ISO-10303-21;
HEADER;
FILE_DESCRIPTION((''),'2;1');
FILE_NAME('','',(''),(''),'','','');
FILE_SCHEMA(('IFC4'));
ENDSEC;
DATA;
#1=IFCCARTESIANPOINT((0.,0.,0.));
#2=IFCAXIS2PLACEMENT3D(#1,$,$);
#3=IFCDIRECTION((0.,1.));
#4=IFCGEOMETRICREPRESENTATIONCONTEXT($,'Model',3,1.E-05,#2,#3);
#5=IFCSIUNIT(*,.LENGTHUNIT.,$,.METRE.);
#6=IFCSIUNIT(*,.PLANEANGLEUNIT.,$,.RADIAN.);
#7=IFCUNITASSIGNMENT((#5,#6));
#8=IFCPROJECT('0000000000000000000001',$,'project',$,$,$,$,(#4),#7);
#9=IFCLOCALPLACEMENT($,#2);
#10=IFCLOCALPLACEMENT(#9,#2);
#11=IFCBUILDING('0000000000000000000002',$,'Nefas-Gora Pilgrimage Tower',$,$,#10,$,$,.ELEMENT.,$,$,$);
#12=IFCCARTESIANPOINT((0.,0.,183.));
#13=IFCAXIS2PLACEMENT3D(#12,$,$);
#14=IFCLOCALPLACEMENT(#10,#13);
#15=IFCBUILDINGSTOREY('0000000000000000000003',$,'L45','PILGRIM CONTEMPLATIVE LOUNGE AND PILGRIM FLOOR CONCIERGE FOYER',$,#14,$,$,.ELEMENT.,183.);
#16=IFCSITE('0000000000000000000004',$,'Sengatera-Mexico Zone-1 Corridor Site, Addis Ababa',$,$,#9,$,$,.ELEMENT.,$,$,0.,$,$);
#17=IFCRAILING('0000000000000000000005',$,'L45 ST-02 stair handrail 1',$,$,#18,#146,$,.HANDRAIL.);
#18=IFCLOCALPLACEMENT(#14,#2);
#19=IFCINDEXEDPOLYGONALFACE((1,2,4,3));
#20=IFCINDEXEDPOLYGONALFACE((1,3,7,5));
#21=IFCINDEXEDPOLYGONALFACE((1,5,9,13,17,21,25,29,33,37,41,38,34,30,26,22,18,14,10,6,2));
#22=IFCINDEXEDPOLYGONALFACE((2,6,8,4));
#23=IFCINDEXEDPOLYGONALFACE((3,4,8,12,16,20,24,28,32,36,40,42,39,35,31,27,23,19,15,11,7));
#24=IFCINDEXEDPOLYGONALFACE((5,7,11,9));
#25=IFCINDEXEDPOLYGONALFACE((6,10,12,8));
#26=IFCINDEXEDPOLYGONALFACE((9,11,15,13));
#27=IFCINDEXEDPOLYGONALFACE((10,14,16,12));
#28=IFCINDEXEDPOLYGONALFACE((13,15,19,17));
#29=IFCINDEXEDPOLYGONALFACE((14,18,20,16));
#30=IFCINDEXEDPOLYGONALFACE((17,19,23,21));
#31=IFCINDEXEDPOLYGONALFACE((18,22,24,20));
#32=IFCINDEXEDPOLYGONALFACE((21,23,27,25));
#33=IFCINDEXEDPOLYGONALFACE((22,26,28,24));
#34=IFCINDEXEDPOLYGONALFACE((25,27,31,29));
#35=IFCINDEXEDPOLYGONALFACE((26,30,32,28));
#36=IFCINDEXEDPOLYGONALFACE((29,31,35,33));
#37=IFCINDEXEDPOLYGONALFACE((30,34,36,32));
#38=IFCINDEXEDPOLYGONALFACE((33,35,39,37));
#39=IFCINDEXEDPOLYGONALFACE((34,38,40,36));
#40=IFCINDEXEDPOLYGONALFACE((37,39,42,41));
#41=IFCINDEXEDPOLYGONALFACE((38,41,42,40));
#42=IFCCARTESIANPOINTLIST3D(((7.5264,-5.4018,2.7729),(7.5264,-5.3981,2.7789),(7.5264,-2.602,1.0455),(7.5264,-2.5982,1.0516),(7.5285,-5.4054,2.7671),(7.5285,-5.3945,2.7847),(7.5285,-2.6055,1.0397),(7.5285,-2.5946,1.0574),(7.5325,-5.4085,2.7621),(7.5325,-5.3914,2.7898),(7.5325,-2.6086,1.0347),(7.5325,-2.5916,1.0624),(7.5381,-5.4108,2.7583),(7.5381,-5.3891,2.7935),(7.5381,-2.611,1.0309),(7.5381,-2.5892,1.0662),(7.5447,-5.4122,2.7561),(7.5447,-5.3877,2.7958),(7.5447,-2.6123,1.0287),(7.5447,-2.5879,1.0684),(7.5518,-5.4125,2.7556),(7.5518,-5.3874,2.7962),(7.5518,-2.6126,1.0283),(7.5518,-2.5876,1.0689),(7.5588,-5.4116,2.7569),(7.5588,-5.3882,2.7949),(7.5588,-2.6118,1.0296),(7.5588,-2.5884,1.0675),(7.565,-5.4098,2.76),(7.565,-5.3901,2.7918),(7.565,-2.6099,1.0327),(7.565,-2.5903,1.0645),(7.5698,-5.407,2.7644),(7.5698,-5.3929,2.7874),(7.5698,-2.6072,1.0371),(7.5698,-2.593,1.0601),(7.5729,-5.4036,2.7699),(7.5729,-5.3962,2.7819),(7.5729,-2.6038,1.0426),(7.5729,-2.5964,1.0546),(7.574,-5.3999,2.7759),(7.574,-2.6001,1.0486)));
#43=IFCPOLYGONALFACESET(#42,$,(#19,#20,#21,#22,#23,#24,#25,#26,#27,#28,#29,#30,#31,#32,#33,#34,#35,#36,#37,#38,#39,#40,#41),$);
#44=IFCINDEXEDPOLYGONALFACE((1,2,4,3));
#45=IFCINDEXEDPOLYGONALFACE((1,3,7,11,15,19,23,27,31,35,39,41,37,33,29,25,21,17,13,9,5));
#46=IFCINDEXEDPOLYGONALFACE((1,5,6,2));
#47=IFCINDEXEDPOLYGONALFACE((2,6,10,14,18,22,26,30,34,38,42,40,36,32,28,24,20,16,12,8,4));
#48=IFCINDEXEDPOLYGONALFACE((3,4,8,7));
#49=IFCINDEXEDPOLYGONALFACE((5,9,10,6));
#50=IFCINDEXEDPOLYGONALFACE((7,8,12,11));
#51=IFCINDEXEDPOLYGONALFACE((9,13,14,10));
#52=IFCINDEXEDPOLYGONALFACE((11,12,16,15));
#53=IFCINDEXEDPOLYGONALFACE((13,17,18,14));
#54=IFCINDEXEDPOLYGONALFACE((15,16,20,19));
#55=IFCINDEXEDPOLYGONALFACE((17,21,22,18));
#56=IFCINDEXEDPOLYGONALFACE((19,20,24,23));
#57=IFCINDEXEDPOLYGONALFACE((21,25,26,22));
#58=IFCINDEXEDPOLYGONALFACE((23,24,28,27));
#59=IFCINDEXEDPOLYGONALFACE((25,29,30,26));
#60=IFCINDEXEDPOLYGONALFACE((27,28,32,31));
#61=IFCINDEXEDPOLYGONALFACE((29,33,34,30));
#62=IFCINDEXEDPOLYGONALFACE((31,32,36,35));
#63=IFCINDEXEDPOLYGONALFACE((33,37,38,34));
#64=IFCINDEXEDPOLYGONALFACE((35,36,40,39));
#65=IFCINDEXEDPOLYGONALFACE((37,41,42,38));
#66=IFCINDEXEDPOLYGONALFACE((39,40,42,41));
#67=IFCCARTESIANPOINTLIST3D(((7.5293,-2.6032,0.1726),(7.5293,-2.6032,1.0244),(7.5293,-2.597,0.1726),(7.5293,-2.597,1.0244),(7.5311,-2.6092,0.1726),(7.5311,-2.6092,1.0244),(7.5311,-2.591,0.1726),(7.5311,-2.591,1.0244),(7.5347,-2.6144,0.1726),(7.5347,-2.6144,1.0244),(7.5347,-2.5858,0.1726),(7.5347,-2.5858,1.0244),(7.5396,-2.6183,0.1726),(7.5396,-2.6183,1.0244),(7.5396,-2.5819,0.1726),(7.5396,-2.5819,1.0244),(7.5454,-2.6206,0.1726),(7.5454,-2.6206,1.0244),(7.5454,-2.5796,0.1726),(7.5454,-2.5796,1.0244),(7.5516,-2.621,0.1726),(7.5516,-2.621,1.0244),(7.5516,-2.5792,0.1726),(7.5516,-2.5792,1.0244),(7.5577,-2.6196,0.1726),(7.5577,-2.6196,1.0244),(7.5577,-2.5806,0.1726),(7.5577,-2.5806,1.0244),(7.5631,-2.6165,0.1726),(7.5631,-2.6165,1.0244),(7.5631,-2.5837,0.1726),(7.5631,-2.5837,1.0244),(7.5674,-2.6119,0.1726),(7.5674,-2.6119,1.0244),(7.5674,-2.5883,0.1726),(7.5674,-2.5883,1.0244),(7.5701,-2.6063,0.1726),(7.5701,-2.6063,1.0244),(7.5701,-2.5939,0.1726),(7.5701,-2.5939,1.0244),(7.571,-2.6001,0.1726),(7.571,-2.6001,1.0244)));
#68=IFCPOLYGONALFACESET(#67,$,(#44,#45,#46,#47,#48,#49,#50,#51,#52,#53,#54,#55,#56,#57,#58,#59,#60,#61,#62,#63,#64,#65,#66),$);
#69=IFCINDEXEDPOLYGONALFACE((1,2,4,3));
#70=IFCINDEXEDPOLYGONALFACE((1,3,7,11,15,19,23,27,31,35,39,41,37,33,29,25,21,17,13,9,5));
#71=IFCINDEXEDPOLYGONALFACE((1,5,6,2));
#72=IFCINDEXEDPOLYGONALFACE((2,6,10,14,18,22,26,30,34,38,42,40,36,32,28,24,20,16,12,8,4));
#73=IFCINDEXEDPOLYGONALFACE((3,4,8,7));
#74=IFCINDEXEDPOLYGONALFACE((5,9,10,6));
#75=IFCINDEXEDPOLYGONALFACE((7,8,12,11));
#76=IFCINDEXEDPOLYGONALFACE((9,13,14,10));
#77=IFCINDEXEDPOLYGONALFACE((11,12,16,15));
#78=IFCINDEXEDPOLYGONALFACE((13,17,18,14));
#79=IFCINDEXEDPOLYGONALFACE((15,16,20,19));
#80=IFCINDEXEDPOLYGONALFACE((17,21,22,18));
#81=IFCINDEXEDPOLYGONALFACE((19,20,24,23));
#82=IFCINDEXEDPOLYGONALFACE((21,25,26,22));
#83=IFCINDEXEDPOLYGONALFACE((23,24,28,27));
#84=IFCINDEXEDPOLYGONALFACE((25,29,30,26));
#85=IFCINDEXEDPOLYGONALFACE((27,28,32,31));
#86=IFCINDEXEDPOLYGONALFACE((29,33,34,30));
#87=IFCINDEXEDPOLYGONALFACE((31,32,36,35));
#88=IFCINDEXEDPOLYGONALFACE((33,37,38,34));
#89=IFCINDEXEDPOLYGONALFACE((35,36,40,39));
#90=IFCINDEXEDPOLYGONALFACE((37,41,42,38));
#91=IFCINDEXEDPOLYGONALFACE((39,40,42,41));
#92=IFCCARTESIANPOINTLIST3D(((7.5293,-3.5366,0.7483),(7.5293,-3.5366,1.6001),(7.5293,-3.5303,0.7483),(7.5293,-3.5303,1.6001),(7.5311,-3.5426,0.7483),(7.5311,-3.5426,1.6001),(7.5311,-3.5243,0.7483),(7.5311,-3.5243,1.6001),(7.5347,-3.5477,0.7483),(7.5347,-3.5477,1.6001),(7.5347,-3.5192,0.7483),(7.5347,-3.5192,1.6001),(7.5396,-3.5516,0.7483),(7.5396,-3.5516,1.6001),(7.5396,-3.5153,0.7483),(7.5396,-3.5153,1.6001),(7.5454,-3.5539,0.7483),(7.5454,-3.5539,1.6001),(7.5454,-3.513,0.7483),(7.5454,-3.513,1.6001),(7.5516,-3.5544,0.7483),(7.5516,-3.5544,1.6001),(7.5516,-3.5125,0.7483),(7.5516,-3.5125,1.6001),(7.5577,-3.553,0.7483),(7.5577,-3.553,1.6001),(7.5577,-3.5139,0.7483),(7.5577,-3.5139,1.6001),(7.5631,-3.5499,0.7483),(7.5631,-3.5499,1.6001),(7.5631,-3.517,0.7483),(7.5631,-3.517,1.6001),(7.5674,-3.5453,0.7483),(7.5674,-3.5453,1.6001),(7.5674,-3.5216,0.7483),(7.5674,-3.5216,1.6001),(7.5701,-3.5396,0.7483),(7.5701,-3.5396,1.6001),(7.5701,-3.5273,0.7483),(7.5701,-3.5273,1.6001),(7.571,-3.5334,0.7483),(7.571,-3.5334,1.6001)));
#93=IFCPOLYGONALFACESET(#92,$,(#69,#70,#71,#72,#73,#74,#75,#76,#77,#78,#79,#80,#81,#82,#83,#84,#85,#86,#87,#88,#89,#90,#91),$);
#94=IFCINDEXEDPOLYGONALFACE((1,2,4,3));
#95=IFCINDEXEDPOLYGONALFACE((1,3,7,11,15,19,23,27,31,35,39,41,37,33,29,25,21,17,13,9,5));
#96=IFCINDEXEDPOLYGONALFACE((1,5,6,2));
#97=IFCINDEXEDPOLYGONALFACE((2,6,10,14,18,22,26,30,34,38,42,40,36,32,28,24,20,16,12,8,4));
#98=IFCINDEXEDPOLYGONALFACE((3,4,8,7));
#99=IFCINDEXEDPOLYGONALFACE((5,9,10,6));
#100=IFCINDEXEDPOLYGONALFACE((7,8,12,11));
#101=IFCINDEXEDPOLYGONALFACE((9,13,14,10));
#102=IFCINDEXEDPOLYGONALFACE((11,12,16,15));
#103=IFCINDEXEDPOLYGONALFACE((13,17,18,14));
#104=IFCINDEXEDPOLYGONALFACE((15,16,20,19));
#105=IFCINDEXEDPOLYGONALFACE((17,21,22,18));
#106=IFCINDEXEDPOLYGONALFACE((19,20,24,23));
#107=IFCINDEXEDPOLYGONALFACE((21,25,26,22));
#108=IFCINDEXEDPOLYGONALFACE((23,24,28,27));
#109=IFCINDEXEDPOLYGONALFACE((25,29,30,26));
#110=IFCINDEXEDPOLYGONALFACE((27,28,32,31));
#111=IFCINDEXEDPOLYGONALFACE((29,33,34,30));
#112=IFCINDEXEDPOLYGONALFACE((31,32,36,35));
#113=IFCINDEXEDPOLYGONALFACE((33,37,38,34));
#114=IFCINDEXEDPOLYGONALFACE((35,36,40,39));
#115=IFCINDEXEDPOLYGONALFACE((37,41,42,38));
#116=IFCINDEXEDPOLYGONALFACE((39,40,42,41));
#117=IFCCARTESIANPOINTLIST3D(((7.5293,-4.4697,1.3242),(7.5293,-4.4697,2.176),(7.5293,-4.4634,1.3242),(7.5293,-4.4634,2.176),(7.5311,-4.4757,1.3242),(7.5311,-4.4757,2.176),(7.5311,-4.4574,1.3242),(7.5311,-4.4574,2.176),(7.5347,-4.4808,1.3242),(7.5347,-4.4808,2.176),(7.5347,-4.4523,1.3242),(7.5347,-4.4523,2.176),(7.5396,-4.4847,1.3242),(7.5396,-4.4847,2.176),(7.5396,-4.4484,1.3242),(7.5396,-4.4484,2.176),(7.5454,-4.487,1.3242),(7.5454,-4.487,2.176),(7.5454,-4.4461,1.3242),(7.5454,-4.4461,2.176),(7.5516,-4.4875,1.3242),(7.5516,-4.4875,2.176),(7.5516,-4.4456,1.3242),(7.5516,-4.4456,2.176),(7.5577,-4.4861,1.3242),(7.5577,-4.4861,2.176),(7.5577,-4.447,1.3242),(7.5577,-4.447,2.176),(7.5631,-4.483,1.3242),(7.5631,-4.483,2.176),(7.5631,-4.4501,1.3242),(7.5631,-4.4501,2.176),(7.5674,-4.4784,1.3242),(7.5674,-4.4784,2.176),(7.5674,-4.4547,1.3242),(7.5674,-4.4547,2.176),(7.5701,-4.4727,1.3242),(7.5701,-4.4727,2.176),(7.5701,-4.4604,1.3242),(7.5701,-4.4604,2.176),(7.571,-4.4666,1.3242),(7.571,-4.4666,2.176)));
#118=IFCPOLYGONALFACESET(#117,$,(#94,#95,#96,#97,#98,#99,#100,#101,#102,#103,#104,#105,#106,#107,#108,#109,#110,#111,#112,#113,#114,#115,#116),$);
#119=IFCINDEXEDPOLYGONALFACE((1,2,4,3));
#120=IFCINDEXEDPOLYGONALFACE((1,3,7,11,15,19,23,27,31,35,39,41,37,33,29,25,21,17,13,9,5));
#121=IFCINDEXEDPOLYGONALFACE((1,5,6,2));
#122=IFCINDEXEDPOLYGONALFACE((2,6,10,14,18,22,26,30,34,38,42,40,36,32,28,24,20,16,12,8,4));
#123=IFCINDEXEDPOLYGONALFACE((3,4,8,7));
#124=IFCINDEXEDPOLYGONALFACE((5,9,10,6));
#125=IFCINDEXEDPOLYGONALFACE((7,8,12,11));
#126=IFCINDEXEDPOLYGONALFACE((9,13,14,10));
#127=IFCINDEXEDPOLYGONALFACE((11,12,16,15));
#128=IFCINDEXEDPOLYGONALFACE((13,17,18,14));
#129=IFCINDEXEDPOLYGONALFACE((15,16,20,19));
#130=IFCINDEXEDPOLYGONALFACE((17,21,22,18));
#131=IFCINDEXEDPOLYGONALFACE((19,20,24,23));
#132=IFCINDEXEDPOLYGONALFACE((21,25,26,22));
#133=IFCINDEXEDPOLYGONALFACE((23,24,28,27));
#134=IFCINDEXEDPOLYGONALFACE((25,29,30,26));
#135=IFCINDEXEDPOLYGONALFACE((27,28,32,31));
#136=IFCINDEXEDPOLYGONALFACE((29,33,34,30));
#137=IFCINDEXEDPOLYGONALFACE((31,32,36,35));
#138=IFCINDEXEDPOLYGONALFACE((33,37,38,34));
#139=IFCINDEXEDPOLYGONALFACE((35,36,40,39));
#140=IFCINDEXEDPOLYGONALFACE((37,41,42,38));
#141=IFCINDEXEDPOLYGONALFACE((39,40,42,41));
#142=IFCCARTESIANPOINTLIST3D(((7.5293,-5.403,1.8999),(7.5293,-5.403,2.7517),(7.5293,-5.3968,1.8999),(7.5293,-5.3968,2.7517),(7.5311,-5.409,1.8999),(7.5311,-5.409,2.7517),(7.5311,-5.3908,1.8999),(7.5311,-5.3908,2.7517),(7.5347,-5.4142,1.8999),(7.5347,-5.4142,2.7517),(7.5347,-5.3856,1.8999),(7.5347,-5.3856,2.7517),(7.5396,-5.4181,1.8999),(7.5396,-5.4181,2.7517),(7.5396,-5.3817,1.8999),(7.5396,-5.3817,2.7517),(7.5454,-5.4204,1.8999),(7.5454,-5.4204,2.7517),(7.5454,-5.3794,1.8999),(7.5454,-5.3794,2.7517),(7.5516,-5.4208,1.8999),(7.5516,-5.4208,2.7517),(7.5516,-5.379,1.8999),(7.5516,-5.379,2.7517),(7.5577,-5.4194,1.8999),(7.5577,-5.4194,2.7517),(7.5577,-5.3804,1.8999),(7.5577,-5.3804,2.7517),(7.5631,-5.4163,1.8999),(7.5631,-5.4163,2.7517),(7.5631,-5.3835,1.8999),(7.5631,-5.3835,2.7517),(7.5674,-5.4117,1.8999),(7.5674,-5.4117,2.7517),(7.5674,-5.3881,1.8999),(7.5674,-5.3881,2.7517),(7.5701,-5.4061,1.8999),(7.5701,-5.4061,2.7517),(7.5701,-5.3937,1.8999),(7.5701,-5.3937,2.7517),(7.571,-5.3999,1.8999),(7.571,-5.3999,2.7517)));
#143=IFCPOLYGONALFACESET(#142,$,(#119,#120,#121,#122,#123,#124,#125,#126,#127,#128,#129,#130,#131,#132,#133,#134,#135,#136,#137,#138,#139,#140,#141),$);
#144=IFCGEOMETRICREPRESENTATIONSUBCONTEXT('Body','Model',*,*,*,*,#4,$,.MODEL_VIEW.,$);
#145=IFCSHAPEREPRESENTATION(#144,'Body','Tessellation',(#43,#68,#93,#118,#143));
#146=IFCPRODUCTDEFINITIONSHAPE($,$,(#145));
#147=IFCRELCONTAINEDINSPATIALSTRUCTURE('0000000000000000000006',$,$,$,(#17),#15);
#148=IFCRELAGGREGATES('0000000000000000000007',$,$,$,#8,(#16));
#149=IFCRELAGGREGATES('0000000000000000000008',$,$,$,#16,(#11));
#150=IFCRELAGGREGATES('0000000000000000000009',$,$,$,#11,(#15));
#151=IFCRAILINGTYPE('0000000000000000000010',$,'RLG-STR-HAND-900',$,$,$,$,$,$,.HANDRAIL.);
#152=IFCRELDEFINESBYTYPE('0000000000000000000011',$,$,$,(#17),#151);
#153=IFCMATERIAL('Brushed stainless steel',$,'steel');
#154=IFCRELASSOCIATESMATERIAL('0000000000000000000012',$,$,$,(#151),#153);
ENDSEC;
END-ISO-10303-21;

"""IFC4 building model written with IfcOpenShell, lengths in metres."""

from ifc_helpers import new_model, si_unit, direction, frame, origin, origin_2d, place, context, subcontext, project, spatial, circle, extrude, material, type_object, element, save


model = new_model("IFC4")

# Units and contexts
model_context = context("Model", 3, precision=1e-05, world=origin(), true_north=direction((0.0, 1.0)))
body_context = subcontext(model_context, "Body", "Model", "MODEL_VIEW")
ifc_project = project(units=[si_unit("LENGTHUNIT", "METRE"), si_unit("PLANEANGLEUNIT", "RADIAN")], contexts=[model_context])

# Site, building, storey
site_placement = place(None, origin())
site = spatial("IfcSite", under=ifc_project, at=site_placement, Name="Sengatera-Mexico Zone-1 Corridor Site, Addis Ababa", CompositionType="ELEMENT", RefElevation=0.0)
building_placement = place(site_placement, origin())
building = spatial("IfcBuilding", under=site, at=building_placement, Name="Nefas-Gora Pilgrimage Tower", CompositionType="ELEMENT")
storey_placement = place(building_placement, frame((0.0, 0.0, 183.0)))
storey = spatial("IfcBuildingStorey", under=building, at=storey_placement, Name="L45", Description="PILGRIM CONTEMPLATIVE LOUNGE AND PILGRIM FLOOR CONCIERGE FOYER", CompositionType="ELEMENT", Elevation=183.0)

# Railing
ifc_material_1 = material(Name="Brushed stainless steel", Category="steel")
railing_type_1 = type_object("IfcRailingType", Name="RLG-STR-HAND-900", PredefinedType="HANDRAIL", material=ifc_material_1)
railing_1_placement = place(storey_placement, frame((7.55, -2.6001, 0.1726)))
element("IfcRailing", 1, at=railing_1_placement, inside=storey, type_object=railing_type_1, Name="L45 ST-02 stair handrail 1", PredefinedType="HANDRAIL", context=body_context, shape_type="SweptSolid", body=[
    extrude(circle(Radius=0.0239, at=origin_2d()), frame((0.0, 0.0, 0.876), z_axis=(0.0, -0.851069, 0.525054), x_axis=(1.0, 0.0, 0.0)), (0.0, 0.0, 1.0), 3.2898),
    extrude(circle(Radius=0.021, at=origin_2d()), origin(), (0.0, 0.0, 1.0), 0.8518),
    extrude(circle(Radius=0.021, at=origin_2d()), frame((0.0, -0.9333, 0.5757)), (0.0, 0.0, 1.0), 0.8518),
    extrude(circle(Radius=0.021, at=origin_2d()), frame((0.0, -1.8665, 1.1516)), (0.0, 0.0, 1.0), 0.8518),
    extrude(circle(Radius=0.021, at=origin_2d()), frame((0.0, -2.7998, 1.7273)), (0.0, 0.0, 1.0), 0.8518),
])

save(model, "model.ifc")
